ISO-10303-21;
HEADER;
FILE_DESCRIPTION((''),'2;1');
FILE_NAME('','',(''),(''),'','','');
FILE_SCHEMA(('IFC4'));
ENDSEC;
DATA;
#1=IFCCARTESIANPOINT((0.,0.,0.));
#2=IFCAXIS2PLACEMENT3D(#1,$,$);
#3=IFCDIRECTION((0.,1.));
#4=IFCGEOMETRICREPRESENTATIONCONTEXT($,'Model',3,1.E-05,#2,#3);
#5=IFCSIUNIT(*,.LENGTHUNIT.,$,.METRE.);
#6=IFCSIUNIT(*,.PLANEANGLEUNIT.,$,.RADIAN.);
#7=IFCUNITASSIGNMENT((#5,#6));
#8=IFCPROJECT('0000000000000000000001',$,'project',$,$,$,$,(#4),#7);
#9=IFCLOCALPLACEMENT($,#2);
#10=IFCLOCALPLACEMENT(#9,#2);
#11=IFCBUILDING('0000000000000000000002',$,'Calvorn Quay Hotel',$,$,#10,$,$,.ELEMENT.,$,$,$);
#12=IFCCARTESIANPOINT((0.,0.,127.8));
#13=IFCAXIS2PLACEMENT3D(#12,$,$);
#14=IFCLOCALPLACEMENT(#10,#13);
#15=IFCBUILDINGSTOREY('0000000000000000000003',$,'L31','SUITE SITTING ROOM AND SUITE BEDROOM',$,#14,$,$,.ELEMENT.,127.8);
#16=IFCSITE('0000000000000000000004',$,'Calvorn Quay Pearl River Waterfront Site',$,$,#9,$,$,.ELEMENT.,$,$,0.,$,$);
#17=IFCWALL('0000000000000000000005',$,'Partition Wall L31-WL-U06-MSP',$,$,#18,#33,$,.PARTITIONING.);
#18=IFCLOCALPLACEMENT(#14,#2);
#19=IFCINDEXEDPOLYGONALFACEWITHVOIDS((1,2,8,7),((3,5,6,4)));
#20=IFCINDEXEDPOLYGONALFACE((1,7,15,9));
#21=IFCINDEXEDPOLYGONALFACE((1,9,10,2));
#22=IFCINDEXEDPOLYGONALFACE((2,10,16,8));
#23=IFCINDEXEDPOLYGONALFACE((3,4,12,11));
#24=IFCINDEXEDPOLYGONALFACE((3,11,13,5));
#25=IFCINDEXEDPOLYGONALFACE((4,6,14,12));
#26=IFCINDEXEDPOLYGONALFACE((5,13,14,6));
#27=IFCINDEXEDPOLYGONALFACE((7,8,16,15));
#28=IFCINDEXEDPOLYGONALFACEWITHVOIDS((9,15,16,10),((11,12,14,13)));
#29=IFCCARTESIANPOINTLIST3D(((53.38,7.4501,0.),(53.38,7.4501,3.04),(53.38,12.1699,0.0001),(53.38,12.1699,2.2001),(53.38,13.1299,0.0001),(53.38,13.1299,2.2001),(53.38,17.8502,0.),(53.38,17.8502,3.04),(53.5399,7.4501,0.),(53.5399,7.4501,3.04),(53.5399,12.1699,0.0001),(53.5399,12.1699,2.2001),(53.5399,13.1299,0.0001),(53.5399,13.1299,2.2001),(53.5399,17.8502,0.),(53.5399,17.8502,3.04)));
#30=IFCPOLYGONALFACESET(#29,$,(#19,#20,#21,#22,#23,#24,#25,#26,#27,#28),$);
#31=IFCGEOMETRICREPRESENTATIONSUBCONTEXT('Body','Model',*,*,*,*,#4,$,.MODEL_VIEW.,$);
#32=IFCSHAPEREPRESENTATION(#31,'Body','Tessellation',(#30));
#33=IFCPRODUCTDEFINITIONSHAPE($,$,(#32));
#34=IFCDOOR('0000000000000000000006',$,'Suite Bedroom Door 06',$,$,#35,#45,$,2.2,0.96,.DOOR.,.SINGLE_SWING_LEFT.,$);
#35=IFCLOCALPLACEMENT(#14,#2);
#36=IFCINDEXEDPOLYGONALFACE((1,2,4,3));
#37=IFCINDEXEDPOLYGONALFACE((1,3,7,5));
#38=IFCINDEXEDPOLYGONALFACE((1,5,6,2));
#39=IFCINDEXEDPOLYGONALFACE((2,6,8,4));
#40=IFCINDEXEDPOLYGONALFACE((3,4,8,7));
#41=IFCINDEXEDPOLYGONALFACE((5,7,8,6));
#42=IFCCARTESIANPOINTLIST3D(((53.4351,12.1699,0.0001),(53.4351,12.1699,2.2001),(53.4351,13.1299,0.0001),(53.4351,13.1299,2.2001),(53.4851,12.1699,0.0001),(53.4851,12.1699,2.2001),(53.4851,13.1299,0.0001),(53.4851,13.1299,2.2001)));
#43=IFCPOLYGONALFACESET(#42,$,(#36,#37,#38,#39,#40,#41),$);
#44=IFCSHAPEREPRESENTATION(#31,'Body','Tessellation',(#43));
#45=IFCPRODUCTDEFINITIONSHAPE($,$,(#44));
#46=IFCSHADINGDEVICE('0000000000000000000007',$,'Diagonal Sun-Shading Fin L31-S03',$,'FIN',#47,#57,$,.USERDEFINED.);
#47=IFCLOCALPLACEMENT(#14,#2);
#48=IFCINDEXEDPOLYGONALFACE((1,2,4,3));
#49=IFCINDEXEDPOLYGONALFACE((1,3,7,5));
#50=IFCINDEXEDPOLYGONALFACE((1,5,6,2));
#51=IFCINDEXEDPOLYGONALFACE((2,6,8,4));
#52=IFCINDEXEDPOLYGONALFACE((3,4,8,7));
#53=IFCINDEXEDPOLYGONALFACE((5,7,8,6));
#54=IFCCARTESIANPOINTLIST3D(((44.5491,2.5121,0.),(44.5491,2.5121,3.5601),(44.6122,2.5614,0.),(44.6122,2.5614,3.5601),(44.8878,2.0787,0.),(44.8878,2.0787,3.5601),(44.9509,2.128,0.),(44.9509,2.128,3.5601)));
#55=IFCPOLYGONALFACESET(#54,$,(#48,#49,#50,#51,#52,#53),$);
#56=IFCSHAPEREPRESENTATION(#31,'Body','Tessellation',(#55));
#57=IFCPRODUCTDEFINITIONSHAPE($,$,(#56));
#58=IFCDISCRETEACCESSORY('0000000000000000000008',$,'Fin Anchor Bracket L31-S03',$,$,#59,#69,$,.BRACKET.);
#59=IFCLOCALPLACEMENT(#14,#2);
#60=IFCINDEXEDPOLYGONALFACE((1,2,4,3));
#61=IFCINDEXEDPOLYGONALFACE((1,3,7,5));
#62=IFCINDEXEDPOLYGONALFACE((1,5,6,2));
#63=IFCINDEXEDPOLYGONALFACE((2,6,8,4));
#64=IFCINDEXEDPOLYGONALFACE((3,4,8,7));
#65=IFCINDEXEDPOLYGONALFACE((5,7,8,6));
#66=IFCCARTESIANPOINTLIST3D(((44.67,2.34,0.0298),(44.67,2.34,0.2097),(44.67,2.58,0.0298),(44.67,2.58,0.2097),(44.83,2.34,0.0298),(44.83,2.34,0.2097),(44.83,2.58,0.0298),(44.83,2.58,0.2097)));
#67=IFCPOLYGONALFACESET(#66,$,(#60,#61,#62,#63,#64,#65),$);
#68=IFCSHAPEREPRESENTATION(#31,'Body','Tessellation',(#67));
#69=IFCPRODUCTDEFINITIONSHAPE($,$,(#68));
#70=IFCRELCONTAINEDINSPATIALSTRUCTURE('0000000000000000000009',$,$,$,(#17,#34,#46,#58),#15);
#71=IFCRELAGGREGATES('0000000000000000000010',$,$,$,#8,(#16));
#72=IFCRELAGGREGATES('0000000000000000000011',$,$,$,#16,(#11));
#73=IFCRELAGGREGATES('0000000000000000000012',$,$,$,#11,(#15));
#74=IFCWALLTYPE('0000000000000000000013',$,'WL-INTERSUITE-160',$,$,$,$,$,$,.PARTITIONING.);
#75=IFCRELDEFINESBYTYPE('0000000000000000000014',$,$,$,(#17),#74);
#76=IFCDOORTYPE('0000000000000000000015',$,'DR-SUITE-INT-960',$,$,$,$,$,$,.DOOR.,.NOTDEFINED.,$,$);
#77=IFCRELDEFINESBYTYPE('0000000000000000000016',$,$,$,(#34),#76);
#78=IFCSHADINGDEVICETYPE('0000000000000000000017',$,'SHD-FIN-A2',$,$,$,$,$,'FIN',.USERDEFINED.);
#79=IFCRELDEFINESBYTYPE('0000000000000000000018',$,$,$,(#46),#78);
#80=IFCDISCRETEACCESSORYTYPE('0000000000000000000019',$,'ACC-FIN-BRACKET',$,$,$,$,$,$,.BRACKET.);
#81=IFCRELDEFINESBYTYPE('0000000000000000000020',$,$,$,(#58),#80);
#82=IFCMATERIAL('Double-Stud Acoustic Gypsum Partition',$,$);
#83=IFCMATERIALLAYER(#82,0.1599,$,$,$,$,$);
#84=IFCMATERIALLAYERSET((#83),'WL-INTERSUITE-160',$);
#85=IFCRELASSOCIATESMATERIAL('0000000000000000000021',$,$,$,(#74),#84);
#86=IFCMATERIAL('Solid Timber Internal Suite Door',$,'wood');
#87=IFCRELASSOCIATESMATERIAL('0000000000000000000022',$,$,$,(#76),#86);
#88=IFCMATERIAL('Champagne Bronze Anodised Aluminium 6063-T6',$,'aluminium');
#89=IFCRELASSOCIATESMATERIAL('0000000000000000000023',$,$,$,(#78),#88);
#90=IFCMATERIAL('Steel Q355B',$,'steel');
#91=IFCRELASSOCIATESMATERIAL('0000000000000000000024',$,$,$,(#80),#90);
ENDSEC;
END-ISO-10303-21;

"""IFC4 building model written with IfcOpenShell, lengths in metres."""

from ifc_helpers import new_model, si_unit, direction, frame, frame_2d, origin, origin_2d, place, context, subcontext, project, spatial, rectangle, extrude, material, layer, layer_set, type_object, element, fill, save


model = new_model("IFC4")

# Units and contexts
model_context = context("Model", 3, precision=1e-05, world=origin(), true_north=direction((0.0, 1.0)))
body_context = subcontext(model_context, "Body", "Model", "MODEL_VIEW")
ifc_project = project(units=[si_unit("LENGTHUNIT", "METRE"), si_unit("PLANEANGLEUNIT", "RADIAN")], contexts=[model_context])

# Site, building, storey
site_placement = place(None, origin())
site = spatial("IfcSite", under=ifc_project, at=site_placement, Name="Calvorn Quay Pearl River Waterfront Site", CompositionType="ELEMENT", RefElevation=0.0)
building_placement = place(site_placement, origin())
building = spatial("IfcBuilding", under=site, at=building_placement, Name="Calvorn Quay Hotel", CompositionType="ELEMENT")
storey_placement = place(building_placement, frame((0.0, 0.0, 127.8)))
storey = spatial("IfcBuildingStorey", under=building, at=storey_placement, Name="L31", Description="SUITE SITTING ROOM AND SUITE BEDROOM", CompositionType="ELEMENT", Elevation=127.8)

# Wall, opening, door
ifc_material_1 = material(Name="Double-Stud Acoustic Gypsum Partition")
ifc_layer_1 = layer(ifc_material_1, 0.1599)
ifc_layer_set_1 = layer_set([ifc_layer_1], Name="WL-INTERSUITE-160")
wall_type_1 = type_object("IfcWallType", Name="WL-INTERSUITE-160", PredefinedType="PARTITIONING", material=ifc_layer_set_1)
wall_1_placement = place(storey_placement, frame((53.46, 7.45, 0.0), z_axis=(0.0, 0.0, 1.0), x_axis=(0.0, 1.0, 0.0)))
wall_1 = element("IfcWall", 1, at=wall_1_placement, inside=storey, type_object=wall_type_1, Name="Partition Wall L31-WL-U06-MSP", PredefinedType="PARTITIONING", context=body_context, shape_type="SweptSolid", body=[
    extrude(rectangle(XDim=10.4001, YDim=0.1599, at=frame_2d((5.2002, 0.0))), origin(), (0.0, 0.0, 1.0), 3.04),
])
opening_1_placement = place(wall_1_placement, frame((4.72, 0.0, 0.0)))
opening_1 = element("IfcOpeningElement", 2, at=opening_1_placement, cuts=wall_1, PredefinedType="OPENING", context=body_context, shape_type="SweptSolid", body=[
    extrude(rectangle(XDim=0.96, YDim=2.2, at=frame_2d((0.48, 1.1001))), frame((0.0, 0.0898, 0.0), z_axis=(0.0, -1.0, 0.0), x_axis=(1.0, 0.0, 0.0)), (0.0, 0.0, 1.0), 0.1799),
])
ifc_material_2 = material(Name="Solid Timber Internal Suite Door", Category="wood")
door_type_1 = type_object("IfcDoorType", Name="DR-SUITE-INT-960", OperationType="NOTDEFINED", PredefinedType="DOOR", material=ifc_material_2)
door_1_placement = place(opening_1_placement, origin())
door_1 = element("IfcDoor", 3, at=door_1_placement, inside=storey, type_object=door_type_1, Name="Suite Bedroom Door 06", OperationType="SINGLE_SWING_LEFT", OverallHeight=2.2, OverallWidth=0.96, PredefinedType="DOOR", context=body_context, shape_type="SweptSolid", body=[
    extrude(rectangle(XDim=0.96, YDim=2.2, at=frame_2d((0.48, 1.1001))), frame((0.0, 0.0249, 0.0), z_axis=(0.0, -1.0, 0.0), x_axis=(1.0, 0.0, 0.0)), (0.0, 0.0, 1.0), 0.05),
])
fill(opening_1, door_1)

# Shading device
ifc_material_3 = material(Name="Champagne Bronze Anodised Aluminium 6063-T6", Category="aluminium")
shading_device_type = type_object("IfcShadingDeviceType", Name="SHD-FIN-A2", ElementType="FIN", PredefinedType="USERDEFINED", material=ifc_material_3)
shading_device_placement = place(storey_placement, frame((44.75, 2.3201, 0.0), z_axis=(0.0, 0.0, 1.0), x_axis=(-0.615661, 0.788011, 0.0)))
element("IfcShadingDevice", 4, at=shading_device_placement, inside=storey, type_object=shading_device_type, Name="Diagonal Sun-Shading Fin L31-S03", ObjectType="FIN", PredefinedType="USERDEFINED", context=body_context, shape_type="SweptSolid", body=[
    extrude(rectangle(XDim=0.55, YDim=0.0801, at=origin_2d()), origin(), (0.0, 0.0, 1.0), 3.5601),
])

# Discrete accessory
ifc_material_4 = material(Name="Steel Q355B", Category="steel")
discrete_accessory_type = type_object("IfcDiscreteAccessoryType", Name="ACC-FIN-BRACKET", PredefinedType="BRACKET", material=ifc_material_4)
discrete_accessory_placement = place(storey_placement, frame((44.75, 2.46, 0.0298), z_axis=(0.0, 0.0, 1.0), x_axis=(0.0, 1.0, 0.0)))
element("IfcDiscreteAccessory", 5, at=discrete_accessory_placement, inside=storey, type_object=discrete_accessory_type, Name="Fin Anchor Bracket L31-S03", PredefinedType="BRACKET", context=body_context, shape_type="SweptSolid", body=[
    extrude(rectangle(XDim=0.24, YDim=0.1599, at=origin_2d()), origin(), (0.0, 0.0, 1.0), 0.1799),
])

save(model, "model.ifc")
